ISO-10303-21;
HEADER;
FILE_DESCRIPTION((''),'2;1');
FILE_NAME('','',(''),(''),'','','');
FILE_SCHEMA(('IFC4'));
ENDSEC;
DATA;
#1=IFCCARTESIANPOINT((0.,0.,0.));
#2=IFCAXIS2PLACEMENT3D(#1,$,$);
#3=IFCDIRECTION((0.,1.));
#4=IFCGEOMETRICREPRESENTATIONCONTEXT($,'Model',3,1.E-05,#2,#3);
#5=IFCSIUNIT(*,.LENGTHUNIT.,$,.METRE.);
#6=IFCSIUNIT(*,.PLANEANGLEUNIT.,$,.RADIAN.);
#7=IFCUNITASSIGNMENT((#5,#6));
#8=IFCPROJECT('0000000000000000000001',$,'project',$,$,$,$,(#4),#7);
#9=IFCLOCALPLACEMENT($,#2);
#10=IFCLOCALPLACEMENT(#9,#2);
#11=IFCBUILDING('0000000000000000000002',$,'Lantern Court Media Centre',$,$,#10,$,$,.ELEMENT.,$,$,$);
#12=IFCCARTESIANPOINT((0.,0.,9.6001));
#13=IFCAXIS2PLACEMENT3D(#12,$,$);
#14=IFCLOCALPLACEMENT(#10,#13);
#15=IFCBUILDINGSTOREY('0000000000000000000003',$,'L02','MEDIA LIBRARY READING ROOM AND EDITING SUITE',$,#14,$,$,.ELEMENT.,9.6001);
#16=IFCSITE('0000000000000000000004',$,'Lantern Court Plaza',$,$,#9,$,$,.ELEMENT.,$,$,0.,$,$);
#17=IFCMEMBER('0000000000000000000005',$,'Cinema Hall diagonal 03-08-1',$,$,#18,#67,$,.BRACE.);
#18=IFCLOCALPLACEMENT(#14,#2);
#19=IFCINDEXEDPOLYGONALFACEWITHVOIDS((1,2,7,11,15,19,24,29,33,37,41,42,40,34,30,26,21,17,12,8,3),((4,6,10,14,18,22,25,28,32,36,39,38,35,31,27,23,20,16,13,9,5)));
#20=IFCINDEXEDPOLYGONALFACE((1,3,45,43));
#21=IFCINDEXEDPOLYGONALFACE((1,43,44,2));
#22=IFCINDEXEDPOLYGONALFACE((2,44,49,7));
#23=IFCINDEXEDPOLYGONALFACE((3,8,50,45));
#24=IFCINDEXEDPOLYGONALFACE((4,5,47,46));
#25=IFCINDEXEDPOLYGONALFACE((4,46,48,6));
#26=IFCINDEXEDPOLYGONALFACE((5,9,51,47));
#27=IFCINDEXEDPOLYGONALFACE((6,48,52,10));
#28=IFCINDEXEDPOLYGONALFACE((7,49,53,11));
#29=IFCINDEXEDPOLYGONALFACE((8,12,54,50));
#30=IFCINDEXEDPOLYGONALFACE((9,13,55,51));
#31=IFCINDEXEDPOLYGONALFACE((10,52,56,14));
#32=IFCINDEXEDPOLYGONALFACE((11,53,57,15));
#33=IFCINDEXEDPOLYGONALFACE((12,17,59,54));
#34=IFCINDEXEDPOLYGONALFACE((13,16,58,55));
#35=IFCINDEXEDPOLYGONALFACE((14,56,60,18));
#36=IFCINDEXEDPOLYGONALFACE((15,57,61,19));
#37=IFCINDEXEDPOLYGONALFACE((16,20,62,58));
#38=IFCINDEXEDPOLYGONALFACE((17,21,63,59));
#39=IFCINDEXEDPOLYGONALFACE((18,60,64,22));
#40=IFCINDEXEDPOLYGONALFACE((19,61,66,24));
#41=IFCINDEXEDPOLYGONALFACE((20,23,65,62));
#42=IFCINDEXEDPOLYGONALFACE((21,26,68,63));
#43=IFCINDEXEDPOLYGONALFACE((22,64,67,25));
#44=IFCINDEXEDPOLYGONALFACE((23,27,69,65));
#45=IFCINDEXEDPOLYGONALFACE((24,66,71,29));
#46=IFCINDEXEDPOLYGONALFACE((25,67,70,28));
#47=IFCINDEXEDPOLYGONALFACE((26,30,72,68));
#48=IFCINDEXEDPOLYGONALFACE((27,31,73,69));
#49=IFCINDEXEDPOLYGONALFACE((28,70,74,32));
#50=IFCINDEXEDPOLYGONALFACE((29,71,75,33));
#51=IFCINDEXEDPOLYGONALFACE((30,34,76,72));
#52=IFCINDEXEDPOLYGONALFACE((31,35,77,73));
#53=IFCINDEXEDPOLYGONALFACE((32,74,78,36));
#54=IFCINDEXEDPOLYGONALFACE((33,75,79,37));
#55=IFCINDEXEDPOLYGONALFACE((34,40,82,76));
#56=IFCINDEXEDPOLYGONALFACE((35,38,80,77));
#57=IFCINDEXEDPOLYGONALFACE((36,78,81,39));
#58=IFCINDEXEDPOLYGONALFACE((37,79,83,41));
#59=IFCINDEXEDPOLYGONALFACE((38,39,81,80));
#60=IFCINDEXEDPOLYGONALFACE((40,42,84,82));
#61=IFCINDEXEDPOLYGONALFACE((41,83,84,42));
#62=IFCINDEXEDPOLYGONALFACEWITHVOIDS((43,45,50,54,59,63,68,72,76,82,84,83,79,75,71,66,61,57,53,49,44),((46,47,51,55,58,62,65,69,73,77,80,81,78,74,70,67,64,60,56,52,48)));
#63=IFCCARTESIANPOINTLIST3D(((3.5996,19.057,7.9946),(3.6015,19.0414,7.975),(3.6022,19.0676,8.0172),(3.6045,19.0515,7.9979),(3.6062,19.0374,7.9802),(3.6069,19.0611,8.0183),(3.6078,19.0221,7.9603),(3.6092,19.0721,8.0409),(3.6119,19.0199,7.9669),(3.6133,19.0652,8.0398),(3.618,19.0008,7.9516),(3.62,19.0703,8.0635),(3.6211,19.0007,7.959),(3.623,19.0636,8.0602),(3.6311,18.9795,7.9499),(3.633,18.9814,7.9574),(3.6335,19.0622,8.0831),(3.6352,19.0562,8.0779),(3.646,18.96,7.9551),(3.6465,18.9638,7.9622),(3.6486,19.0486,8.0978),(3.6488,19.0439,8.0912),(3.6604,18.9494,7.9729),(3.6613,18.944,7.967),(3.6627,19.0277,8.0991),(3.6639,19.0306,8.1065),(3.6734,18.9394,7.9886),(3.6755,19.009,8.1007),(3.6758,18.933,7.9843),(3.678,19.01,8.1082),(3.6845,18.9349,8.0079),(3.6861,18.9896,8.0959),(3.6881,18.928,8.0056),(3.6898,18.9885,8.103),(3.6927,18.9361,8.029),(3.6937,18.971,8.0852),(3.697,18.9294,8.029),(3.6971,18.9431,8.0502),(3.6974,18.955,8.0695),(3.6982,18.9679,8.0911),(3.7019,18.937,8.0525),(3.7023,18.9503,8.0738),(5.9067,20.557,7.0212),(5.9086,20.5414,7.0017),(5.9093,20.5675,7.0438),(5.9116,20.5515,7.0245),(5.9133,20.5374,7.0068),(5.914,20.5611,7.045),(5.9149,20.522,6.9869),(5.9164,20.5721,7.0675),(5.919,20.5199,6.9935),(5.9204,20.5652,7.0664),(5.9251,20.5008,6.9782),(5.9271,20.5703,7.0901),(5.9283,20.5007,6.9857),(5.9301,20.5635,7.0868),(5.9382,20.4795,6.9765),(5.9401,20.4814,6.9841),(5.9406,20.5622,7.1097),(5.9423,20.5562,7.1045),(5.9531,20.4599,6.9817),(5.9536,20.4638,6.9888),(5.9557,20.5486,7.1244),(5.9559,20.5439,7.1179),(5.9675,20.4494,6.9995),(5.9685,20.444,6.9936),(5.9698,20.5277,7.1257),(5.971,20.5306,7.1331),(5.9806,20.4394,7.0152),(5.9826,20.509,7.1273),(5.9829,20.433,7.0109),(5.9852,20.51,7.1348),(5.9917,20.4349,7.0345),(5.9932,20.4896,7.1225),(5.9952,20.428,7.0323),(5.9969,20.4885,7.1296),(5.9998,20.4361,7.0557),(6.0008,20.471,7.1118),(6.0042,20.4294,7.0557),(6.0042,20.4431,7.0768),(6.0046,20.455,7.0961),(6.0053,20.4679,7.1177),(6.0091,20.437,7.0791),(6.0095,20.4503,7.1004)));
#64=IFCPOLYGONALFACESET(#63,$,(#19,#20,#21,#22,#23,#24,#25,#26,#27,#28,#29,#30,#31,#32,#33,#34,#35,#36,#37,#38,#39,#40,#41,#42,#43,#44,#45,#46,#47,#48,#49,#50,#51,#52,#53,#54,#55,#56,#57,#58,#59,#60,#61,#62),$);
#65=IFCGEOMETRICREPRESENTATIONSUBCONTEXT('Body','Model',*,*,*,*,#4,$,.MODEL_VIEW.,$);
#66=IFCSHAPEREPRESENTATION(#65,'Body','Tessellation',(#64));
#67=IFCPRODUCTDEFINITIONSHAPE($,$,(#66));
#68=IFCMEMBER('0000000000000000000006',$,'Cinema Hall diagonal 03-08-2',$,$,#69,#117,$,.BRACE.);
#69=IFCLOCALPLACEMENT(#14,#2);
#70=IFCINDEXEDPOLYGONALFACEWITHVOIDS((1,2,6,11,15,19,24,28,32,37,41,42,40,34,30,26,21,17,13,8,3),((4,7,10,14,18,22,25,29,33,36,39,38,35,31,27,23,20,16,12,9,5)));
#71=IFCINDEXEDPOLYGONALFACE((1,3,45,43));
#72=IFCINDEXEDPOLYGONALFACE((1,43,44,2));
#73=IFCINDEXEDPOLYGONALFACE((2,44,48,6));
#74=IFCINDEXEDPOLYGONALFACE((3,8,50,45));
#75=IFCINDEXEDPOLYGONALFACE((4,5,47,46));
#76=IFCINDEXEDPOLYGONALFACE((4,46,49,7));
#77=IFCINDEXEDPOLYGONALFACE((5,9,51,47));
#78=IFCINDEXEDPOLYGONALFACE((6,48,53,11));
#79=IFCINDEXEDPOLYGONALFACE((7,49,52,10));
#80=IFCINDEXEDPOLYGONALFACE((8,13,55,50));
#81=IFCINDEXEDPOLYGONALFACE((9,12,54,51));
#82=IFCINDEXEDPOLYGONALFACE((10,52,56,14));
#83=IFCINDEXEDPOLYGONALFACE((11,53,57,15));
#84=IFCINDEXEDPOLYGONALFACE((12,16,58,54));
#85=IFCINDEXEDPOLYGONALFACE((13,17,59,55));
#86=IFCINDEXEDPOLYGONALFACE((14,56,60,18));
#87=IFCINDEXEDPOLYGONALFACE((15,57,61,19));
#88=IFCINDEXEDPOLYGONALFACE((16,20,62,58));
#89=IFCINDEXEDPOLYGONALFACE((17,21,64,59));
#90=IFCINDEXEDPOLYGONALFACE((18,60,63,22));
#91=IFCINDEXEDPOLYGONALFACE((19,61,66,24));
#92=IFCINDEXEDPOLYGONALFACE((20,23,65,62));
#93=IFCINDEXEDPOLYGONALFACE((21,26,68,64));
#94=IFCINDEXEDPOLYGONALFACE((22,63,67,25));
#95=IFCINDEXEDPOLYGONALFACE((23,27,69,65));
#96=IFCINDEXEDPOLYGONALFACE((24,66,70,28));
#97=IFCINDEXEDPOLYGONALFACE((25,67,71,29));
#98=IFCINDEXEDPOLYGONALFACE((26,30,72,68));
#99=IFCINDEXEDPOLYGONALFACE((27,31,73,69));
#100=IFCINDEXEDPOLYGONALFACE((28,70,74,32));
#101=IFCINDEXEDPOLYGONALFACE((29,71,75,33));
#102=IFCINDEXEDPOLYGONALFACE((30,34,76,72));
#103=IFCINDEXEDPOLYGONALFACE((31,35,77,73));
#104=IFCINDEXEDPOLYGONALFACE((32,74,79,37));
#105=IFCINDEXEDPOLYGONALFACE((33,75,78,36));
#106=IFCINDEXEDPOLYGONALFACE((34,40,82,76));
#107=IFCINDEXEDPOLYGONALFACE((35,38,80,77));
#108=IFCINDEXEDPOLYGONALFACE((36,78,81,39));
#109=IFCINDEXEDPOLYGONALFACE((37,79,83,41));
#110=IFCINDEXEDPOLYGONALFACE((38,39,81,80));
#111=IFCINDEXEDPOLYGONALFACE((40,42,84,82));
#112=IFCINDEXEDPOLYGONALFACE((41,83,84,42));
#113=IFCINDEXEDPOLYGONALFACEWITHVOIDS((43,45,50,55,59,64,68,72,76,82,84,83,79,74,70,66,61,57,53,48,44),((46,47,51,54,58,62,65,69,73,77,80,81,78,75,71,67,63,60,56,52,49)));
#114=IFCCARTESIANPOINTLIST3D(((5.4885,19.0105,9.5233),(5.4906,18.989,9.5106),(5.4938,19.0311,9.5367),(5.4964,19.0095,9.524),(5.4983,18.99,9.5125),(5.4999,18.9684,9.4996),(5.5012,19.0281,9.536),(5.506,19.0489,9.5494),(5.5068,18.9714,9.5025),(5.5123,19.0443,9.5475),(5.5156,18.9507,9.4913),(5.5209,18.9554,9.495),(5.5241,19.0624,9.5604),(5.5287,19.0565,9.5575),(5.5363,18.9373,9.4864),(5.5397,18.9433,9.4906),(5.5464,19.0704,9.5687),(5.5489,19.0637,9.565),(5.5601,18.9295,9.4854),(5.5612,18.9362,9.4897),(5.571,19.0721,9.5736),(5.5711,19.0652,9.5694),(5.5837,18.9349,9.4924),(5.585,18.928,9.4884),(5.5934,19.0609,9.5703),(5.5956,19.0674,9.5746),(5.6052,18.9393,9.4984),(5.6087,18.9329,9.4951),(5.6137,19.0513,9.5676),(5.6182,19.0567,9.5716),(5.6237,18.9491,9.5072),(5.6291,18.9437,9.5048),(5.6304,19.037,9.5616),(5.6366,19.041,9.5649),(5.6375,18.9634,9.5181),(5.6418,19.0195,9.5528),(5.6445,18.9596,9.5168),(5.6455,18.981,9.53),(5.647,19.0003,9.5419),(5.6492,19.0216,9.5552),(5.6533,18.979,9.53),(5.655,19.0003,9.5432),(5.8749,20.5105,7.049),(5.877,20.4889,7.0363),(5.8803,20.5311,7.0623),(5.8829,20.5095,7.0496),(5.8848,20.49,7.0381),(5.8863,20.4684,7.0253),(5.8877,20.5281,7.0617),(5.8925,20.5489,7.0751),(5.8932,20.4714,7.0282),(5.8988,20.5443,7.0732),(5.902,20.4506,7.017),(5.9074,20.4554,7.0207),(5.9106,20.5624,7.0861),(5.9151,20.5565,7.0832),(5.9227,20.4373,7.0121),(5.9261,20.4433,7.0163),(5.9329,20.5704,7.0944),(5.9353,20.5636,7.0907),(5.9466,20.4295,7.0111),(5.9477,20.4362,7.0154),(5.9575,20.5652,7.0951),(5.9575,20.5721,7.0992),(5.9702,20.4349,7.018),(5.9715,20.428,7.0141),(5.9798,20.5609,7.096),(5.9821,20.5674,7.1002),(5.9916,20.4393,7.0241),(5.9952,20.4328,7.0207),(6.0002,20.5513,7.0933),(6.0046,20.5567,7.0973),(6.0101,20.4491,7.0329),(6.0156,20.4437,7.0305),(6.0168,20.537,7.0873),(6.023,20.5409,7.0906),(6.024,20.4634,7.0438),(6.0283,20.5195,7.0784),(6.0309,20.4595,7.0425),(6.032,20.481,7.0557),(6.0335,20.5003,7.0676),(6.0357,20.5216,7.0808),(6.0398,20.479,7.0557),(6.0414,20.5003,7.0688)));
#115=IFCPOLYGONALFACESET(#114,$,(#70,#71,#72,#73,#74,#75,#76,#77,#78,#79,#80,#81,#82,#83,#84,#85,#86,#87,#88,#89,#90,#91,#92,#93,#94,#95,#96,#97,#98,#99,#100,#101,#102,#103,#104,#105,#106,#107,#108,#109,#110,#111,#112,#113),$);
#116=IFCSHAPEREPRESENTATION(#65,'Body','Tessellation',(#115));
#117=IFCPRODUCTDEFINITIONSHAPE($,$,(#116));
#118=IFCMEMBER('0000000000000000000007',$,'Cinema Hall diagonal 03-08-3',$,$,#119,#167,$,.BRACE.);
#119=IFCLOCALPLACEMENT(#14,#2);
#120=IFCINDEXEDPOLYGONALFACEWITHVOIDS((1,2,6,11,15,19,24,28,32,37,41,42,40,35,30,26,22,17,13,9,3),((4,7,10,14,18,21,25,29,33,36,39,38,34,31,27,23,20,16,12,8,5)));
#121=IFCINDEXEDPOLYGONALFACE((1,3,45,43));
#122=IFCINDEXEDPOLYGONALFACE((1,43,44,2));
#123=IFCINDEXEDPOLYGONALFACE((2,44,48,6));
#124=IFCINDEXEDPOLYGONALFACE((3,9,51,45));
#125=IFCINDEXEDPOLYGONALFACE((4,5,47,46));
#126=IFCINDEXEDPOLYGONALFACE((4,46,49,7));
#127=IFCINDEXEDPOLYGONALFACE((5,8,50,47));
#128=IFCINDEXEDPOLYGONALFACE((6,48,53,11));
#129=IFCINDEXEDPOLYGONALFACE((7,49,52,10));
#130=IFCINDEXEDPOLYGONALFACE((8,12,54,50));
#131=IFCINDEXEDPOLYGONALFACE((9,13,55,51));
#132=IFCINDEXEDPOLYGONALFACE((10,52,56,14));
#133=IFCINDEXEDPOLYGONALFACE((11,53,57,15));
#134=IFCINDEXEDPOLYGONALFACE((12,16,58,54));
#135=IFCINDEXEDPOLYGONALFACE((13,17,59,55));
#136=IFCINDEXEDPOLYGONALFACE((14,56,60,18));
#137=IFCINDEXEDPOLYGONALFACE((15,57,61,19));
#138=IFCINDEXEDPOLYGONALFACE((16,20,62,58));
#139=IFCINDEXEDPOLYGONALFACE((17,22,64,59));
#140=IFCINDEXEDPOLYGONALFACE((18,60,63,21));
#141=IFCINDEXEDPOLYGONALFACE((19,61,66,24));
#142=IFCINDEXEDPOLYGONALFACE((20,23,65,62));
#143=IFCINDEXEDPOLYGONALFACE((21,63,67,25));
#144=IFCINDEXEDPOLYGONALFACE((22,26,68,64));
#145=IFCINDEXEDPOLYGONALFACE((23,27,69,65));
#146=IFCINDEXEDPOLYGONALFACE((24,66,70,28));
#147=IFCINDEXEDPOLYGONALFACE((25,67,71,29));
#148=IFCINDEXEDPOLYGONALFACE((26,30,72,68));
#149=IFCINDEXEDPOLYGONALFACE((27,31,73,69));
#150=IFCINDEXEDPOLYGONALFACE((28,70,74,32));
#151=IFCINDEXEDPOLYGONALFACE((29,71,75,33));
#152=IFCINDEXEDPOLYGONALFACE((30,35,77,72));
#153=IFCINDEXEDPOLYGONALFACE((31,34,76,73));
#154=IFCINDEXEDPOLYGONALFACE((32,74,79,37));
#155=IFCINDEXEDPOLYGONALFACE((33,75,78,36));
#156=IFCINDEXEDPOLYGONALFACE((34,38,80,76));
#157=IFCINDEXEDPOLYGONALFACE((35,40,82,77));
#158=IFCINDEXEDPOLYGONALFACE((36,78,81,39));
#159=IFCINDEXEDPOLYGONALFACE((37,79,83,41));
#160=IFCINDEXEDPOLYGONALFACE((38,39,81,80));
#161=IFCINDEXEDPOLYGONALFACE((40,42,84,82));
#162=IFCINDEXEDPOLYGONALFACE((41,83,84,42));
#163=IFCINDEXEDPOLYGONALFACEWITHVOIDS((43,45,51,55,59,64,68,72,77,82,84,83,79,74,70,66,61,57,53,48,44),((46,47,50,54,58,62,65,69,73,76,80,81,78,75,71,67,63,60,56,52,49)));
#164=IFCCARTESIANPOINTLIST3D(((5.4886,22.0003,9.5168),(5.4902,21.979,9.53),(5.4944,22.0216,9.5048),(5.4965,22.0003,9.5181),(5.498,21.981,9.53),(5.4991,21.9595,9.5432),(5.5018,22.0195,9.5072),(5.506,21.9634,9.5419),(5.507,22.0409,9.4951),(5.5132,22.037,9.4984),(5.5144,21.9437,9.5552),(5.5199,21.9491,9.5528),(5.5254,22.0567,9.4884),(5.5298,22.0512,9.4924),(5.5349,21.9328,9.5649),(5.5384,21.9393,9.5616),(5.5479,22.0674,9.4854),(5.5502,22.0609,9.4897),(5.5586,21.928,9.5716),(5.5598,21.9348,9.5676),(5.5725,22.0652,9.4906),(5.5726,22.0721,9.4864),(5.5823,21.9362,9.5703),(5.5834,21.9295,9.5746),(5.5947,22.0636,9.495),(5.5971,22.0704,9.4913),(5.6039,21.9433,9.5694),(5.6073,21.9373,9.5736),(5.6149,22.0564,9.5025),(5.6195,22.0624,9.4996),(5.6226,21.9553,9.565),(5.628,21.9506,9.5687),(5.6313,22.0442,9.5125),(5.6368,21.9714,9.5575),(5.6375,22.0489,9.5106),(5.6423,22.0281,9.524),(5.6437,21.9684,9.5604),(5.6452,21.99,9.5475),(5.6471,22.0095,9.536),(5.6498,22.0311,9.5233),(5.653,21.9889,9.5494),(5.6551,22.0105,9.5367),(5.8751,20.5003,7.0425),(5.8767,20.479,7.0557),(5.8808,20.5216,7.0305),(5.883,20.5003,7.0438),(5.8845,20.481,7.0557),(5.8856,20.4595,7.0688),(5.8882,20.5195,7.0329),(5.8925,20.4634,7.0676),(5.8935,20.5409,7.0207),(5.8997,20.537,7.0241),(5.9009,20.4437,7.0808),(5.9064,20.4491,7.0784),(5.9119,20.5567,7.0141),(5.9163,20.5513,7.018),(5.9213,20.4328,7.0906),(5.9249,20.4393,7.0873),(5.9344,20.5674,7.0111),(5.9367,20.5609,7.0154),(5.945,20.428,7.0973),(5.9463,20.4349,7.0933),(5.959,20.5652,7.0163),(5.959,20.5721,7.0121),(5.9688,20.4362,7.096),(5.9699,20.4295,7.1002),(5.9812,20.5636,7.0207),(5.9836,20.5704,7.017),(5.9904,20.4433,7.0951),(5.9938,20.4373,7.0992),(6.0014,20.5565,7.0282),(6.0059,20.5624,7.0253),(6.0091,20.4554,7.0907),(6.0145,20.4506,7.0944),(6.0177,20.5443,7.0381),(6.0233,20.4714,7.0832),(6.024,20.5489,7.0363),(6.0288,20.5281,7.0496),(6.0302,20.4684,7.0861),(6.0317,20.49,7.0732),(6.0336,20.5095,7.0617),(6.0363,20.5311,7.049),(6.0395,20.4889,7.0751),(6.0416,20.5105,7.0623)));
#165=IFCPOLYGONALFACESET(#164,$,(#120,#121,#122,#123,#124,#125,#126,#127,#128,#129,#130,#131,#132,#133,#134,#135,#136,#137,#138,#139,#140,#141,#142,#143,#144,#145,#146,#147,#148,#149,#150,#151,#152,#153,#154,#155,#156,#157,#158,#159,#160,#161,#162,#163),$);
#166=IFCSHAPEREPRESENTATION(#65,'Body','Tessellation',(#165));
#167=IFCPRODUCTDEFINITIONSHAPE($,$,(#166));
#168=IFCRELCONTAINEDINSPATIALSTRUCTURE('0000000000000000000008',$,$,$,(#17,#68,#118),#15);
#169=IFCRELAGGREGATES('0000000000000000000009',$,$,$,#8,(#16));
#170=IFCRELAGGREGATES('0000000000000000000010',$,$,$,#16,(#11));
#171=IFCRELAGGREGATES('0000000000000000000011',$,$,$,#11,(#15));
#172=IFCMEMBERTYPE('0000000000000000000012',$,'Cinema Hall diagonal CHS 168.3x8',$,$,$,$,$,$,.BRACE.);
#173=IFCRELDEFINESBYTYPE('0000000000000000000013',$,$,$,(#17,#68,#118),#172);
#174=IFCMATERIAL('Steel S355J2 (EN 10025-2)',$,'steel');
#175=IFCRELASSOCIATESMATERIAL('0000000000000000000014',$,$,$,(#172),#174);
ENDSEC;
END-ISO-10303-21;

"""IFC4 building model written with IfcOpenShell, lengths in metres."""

from ifc_helpers import new_model, si_unit, direction, frame, origin, origin_2d, place, context, subcontext, project, spatial, hollow_circle, extrude, material, material_profile, profile_set, type_object, element, save


model = new_model("IFC4")

# Units and contexts
model_context = context("Model", 3, precision=1e-05, world=origin(), true_north=direction((0.0, 1.0)))
body_context = subcontext(model_context, "Body", "Model", "MODEL_VIEW")
ifc_project = project(units=[si_unit("LENGTHUNIT", "METRE"), si_unit("PLANEANGLEUNIT", "RADIAN")], contexts=[model_context])

# Site, building, storey
site_placement = place(None, origin())
site = spatial("IfcSite", under=ifc_project, at=site_placement, Name="Lantern Court Plaza", CompositionType="ELEMENT", RefElevation=0.0)
building_placement = place(site_placement, origin())
building = spatial("IfcBuilding", under=site, at=building_placement, Name="Lantern Court Media Centre", CompositionType="ELEMENT")
storey_placement = place(building_placement, frame((0.0, 0.0, 9.6001)))
storey = spatial("IfcBuildingStorey", under=building, at=storey_placement, Name="L02", Description="MEDIA LIBRARY READING ROOM AND EDITING SUITE", CompositionType="ELEMENT", Elevation=9.6001)

# Members
ifc_material = material(Name="Steel S355J2 (EN 10025-2)", Category="steel")
ifc_material_profile_1 = material_profile(ifc_material, hollow_circle(Radius=0.0842, WallThickness=0.0081, at=origin_2d()), Name="Cinema Hall diagonal CHS 168.3x8")
ifc_profile_set_1 = profile_set([ifc_material_profile_1], Name="Steel S355J2 (EN 10025-2)")
member_type_1 = type_object("IfcMemberType", Name="Cinema Hall diagonal CHS 168.3x8", PredefinedType="BRACE", material=ifc_profile_set_1)
member_1_placement = place(storey_placement, frame((5.9583, 20.5, 7.0557), z_axis=(-0.790394, -0.513882, 0.333471), x_axis=(0.545082, -0.838383, 0.0)))
element("IfcMember", 1, at=member_1_placement, inside=storey, type_object=member_type_1, Name="Cinema Hall diagonal 03-08-1", PredefinedType="BRACE", context=body_context, shape_type="SweptSolid", body=[
    extrude(hollow_circle(Radius=0.0842, WallThickness=0.0081, at=origin_2d()), origin(), (0.0, 0.0, 1.0), 2.9189),
])
for number, where, z_axis, x_axis, name in (
    (2, (5.9583, 20.5, 7.0557), (-0.13239, -0.513836, 0.847612), (0.968374, -0.249501, 0.0), "Cinema Hall diagonal 03-08-2"),
    (3, (5.9583, 20.5, 7.0557), (-0.13239, 0.513836, 0.847612), (-0.968374, -0.249501, 0.0), "Cinema Hall diagonal 03-08-3"),
):
    element("IfcMember", number, at=place(storey_placement, frame(where, z_axis=z_axis, x_axis=x_axis)), inside=storey, type_object=member_type_1, Name=name, PredefinedType="BRACE", context=body_context, shape_type="SweptSolid", body=[
        extrude(hollow_circle(Radius=0.0842, WallThickness=0.0081, at=origin_2d()), origin(), (0.0, 0.0, 1.0), 2.9192),
    ])

save(model, "model.ifc")
